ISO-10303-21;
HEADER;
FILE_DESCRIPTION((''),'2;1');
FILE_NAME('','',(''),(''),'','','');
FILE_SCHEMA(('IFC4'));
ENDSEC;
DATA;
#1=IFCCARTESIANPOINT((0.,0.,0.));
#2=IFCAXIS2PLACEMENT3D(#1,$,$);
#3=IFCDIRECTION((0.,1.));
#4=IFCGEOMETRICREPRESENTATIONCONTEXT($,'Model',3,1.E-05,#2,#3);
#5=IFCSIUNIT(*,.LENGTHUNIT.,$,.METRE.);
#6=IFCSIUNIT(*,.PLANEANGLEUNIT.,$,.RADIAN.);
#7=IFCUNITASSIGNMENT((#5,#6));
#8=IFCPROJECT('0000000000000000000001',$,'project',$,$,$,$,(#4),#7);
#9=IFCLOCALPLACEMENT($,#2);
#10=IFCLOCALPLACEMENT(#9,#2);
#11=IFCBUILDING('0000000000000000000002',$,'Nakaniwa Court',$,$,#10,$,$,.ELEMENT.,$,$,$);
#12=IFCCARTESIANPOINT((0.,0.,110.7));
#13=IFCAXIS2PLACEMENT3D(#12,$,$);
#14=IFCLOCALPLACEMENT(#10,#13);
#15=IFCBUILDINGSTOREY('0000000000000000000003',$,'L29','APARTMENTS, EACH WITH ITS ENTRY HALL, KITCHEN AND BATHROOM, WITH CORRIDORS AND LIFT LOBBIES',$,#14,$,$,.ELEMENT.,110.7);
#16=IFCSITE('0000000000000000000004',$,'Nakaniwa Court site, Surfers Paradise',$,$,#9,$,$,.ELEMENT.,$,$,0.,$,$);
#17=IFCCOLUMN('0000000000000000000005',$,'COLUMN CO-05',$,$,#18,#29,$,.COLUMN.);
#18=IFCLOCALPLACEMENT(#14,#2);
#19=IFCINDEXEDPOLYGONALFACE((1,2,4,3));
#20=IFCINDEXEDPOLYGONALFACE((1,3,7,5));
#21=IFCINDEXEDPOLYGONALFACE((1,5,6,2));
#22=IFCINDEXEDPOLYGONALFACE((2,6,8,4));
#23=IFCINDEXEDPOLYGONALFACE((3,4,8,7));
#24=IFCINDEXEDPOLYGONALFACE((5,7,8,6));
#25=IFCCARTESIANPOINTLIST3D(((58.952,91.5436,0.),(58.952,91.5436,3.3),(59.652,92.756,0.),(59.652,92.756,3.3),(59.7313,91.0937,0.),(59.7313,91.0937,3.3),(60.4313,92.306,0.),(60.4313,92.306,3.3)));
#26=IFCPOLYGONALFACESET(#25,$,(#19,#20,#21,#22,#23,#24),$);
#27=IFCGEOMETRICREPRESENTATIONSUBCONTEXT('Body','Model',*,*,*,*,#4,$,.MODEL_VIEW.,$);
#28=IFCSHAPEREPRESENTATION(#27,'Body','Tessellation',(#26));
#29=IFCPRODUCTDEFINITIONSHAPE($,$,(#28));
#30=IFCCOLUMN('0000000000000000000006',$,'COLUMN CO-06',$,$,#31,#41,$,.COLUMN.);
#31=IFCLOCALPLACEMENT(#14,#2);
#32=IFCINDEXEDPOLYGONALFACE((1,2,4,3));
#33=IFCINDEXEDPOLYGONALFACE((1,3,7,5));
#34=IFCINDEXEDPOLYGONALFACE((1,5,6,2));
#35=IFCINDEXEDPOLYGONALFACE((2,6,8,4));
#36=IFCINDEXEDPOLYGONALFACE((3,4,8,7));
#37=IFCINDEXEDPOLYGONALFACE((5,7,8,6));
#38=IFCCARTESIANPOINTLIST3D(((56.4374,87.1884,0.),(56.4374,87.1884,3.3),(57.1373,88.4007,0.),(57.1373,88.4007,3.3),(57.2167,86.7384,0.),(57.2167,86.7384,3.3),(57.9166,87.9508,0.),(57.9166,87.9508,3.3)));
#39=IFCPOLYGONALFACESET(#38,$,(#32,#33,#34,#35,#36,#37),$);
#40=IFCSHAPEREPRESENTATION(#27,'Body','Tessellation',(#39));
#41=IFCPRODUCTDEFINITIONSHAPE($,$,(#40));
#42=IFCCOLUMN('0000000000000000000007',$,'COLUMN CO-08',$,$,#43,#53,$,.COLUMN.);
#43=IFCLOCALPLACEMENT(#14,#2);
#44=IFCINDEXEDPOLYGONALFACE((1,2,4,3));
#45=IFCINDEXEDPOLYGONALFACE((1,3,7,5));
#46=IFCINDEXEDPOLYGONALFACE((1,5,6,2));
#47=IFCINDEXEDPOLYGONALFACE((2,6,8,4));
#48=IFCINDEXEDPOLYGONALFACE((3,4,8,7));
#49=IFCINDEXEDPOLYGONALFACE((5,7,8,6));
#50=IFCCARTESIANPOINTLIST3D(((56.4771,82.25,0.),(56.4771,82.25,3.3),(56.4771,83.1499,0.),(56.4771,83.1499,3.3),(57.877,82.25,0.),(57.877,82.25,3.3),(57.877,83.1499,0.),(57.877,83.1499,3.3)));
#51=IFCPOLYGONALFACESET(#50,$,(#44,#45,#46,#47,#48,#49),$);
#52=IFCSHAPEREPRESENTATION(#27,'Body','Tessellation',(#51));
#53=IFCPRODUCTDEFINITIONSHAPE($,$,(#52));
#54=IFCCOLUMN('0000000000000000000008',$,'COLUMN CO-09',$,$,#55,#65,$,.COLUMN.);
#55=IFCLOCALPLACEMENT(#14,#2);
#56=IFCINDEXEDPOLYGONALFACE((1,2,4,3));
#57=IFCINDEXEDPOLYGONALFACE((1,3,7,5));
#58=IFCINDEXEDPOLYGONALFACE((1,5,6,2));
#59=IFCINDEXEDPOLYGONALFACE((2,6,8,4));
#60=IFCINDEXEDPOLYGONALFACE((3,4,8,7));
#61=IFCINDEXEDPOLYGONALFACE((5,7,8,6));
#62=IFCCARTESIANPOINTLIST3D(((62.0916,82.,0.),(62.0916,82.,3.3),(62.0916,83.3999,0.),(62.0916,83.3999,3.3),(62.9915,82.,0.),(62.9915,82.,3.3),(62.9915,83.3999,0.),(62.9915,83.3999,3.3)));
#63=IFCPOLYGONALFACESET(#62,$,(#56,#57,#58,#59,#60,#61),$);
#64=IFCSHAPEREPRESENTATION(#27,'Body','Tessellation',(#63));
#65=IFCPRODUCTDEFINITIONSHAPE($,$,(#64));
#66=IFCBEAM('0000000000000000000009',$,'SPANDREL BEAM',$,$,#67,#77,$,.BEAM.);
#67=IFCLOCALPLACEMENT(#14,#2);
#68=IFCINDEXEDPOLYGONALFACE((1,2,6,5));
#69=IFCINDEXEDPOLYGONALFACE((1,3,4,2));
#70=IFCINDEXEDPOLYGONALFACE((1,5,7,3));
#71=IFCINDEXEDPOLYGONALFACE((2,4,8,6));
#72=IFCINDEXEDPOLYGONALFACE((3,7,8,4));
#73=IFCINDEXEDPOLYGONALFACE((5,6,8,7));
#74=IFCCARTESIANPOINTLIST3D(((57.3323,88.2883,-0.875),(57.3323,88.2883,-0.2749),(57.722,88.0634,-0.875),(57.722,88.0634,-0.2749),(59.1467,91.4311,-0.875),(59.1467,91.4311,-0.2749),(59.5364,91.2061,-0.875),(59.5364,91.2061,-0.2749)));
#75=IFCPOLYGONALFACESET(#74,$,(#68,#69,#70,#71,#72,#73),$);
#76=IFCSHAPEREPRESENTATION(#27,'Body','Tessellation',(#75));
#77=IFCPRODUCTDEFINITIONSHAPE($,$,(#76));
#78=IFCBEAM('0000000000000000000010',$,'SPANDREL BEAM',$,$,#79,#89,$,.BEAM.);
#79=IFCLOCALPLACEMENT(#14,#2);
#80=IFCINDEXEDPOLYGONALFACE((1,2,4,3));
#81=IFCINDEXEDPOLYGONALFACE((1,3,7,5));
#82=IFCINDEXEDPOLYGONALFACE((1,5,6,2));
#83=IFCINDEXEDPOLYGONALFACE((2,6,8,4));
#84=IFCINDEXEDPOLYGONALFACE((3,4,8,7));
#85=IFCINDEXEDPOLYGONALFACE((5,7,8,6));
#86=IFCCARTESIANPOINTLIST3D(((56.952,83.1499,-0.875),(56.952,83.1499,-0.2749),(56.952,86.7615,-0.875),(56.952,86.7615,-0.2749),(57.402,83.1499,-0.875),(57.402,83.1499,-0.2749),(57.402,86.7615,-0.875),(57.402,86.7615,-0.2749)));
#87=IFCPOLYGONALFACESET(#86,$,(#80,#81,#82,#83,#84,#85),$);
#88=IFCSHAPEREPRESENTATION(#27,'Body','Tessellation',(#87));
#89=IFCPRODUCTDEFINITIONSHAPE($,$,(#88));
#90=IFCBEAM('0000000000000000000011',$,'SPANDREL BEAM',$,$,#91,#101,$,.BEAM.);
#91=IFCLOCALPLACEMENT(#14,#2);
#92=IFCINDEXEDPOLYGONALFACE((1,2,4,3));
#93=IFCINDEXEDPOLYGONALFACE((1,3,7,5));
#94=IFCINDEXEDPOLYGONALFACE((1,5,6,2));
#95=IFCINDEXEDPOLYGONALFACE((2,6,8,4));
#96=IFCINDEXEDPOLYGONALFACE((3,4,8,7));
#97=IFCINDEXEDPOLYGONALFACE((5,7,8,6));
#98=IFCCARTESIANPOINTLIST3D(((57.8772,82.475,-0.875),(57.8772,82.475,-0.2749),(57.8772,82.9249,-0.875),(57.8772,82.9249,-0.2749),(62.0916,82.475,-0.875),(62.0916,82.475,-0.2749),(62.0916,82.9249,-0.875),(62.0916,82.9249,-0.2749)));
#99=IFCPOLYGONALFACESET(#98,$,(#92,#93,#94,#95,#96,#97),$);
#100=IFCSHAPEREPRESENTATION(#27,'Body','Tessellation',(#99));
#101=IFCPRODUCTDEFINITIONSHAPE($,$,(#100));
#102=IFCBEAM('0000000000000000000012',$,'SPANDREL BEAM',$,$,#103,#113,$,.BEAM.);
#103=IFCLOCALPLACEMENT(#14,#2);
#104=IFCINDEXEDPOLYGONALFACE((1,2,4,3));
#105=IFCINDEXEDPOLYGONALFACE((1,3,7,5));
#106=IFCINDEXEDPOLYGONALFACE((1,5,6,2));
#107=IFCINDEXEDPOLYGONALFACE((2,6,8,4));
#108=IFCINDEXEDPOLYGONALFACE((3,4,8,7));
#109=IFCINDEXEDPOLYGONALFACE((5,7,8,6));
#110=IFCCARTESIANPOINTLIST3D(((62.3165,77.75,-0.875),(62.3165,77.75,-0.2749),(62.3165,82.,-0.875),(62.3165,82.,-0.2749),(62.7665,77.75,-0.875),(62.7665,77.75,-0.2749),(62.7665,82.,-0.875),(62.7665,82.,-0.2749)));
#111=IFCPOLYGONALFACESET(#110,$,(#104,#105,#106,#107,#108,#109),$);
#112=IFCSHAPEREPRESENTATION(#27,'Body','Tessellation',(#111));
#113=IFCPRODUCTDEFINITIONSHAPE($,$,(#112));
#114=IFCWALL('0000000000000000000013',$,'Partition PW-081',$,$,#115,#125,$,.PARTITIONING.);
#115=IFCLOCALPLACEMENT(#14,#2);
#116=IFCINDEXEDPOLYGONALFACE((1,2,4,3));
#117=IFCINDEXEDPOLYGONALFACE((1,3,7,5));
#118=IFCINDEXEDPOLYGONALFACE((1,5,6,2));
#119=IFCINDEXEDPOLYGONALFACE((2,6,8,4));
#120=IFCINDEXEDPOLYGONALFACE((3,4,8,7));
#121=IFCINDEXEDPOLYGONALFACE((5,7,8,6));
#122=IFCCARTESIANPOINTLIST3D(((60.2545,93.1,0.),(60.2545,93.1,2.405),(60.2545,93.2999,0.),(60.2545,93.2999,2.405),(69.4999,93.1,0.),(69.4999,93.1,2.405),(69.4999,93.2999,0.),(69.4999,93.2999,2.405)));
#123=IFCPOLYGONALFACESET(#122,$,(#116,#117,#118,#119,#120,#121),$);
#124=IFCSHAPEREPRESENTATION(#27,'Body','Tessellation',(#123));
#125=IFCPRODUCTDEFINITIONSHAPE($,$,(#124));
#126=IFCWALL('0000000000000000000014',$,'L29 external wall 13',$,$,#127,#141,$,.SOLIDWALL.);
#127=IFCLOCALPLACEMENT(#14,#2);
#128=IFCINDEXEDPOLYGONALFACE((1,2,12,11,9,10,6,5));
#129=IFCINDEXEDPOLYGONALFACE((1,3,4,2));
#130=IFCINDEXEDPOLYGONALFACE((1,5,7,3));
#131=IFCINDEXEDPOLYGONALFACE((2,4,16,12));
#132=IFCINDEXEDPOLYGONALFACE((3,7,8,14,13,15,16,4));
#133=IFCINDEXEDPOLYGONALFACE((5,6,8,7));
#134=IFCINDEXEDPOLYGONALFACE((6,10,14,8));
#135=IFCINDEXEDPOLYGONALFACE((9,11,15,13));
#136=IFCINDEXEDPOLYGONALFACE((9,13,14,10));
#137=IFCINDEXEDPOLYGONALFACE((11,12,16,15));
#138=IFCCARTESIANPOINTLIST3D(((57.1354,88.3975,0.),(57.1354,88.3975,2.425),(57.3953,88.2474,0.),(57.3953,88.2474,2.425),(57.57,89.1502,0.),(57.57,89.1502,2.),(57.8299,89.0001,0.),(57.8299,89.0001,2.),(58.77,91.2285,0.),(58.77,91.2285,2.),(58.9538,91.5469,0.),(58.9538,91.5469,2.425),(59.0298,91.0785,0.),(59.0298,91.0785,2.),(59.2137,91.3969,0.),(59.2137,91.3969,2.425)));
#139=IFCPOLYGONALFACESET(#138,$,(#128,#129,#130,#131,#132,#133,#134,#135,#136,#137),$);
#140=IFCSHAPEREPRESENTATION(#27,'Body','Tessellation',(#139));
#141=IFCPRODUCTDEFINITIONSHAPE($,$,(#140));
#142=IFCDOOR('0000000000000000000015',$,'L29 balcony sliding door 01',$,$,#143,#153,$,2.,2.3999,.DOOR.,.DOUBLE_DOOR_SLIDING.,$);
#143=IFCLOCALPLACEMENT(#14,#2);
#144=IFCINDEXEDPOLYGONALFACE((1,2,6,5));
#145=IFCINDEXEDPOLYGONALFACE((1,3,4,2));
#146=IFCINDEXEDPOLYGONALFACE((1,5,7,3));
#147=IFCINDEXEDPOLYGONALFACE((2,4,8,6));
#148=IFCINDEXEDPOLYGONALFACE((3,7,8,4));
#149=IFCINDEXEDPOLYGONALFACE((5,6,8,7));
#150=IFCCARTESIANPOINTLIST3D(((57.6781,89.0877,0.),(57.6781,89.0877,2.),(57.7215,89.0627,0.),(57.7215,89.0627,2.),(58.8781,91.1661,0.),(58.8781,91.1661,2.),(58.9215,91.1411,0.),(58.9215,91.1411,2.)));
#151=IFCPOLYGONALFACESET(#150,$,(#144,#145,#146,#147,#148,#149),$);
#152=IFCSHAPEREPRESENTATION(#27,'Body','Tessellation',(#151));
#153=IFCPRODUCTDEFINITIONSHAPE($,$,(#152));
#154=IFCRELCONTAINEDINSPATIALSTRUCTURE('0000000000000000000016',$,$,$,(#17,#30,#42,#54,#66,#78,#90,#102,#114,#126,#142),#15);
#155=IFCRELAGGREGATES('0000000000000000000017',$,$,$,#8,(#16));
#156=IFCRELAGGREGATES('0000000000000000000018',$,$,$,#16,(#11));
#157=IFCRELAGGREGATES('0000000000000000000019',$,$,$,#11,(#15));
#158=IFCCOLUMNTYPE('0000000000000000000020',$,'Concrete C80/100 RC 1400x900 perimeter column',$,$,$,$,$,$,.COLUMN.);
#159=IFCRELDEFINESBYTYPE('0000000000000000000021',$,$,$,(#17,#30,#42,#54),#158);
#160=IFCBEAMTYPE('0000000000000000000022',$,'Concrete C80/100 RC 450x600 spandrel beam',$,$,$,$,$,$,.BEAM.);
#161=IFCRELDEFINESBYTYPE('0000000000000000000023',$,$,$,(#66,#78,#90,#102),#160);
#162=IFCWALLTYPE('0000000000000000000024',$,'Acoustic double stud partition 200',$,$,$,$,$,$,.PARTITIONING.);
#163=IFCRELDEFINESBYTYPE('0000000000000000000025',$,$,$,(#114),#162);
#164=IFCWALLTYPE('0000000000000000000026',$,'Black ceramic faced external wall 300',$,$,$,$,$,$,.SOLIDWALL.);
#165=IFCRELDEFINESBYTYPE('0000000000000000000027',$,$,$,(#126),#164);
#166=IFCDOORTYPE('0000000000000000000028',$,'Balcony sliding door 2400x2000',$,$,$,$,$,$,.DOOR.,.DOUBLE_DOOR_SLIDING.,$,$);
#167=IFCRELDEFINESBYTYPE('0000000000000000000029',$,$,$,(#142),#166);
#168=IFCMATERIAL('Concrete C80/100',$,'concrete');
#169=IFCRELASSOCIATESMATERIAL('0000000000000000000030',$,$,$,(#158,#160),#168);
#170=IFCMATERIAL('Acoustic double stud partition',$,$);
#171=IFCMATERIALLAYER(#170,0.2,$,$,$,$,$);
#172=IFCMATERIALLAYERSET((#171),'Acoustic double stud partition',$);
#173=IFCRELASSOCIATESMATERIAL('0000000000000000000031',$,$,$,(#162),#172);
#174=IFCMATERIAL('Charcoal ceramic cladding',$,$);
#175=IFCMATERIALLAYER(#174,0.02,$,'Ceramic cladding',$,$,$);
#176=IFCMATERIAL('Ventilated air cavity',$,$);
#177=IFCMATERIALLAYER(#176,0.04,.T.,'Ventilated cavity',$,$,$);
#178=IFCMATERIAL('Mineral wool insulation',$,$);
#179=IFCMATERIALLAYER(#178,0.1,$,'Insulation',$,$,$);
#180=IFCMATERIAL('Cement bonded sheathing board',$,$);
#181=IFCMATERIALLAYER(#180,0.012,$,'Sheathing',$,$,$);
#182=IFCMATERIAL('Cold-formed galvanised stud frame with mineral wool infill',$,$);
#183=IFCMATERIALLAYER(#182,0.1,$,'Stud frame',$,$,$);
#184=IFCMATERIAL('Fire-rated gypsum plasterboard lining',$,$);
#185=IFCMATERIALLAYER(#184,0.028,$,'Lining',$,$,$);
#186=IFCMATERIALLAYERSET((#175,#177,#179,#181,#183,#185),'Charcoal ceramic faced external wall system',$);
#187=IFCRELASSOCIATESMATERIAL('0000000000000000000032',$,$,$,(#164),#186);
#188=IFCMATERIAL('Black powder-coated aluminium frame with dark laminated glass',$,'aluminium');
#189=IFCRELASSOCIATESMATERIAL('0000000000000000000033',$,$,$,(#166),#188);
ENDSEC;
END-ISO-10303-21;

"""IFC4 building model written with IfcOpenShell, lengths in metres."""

from ifc_helpers import new_model, si_unit, direction, frame, frame_2d, origin, origin_2d, place, context, subcontext, project, spatial, rectangle, extrude, material, layer, layer_set, material_profile, profile_set, type_object, element, fill, save


model = new_model("IFC4")

# Units and contexts
model_context = context("Model", 3, precision=1e-05, world=origin(), true_north=direction((0.0, 1.0)))
body_context = subcontext(model_context, "Body", "Model", "MODEL_VIEW")
ifc_project = project(units=[si_unit("LENGTHUNIT", "METRE"), si_unit("PLANEANGLEUNIT", "RADIAN")], contexts=[model_context])

# Site, building, storey
site_placement = place(None, origin())
site = spatial("IfcSite", under=ifc_project, at=site_placement, Name="Nakaniwa Court site, Surfers Paradise", CompositionType="ELEMENT", RefElevation=0.0)
building_placement = place(site_placement, origin())
building = spatial("IfcBuilding", under=site, at=building_placement, Name="Nakaniwa Court", CompositionType="ELEMENT")
storey_placement = place(building_placement, frame((0.0, 0.0, 110.7)))
storey = spatial("IfcBuildingStorey", under=building, at=storey_placement, Name="L29", Description="APARTMENTS, EACH WITH ITS ENTRY HALL, KITCHEN AND BATHROOM, WITH CORRIDORS AND LIFT LOBBIES", CompositionType="ELEMENT", Elevation=110.7)

# Columns
ifc_material_1 = material(Name="Concrete C80/100", Category="concrete")
ifc_material_profile_1 = material_profile(ifc_material_1, rectangle(XDim=1.3999, YDim=0.8999, at=origin_2d()), Name="Concrete C80/100 RC 1400x900 perimeter column")
ifc_profile_set_1 = profile_set([ifc_material_profile_1], Name="Concrete C80/100")
column_type = type_object("IfcColumnType", Name="Concrete C80/100 RC 1400x900 perimeter column", PredefinedType="COLUMN", material=ifc_profile_set_1)
for number, where, z_axis, x_axis, name in (
    (1, (59.6917, 91.9248, 0.0), (0.0, 0.0, 1.0), (-0.5, -0.866025, 0.0), "COLUMN CO-05"),
    (2, (57.177, 87.5696, 0.0), (0.0, 0.0, 1.0), (-0.5, -0.866025, 0.0), "COLUMN CO-06"),
    (3, (57.177, 82.7, 0.0), (0.0, 0.0, 1.0), (1.0, 0.0, 0.0), "COLUMN CO-08"),
    (4, (62.5415, 82.7, 0.0), (0.0, 0.0, 1.0), (0.0, -1.0, 0.0), "COLUMN CO-09"),
):
    element("IfcColumn", number, at=place(storey_placement, frame(where, z_axis=z_axis, x_axis=x_axis)), inside=storey, type_object=column_type, Name=name, PredefinedType="COLUMN", context=body_context, shape_type="SweptSolid", body=[
        extrude(rectangle(XDim=1.3999, YDim=0.8999, at=origin_2d()), origin(), (0.0, 0.0, 1.0), 3.3),
    ])

# Beams
ifc_material_profile_2 = material_profile(ifc_material_1, rectangle(XDim=0.45, YDim=0.6001, at=origin_2d()), Name="Concrete C80/100 RC 450x600 spandrel beam")
ifc_profile_set_2 = profile_set([ifc_material_profile_2], Name="Concrete C80/100")
beam_type = type_object("IfcBeamType", Name="Concrete C80/100 RC 450x600 spandrel beam", PredefinedType="BEAM", material=ifc_profile_set_2)
beam_1_placement = place(storey_placement, frame((59.3416, 91.3186, -0.575), z_axis=(-0.499988, -0.866032, 0.0), x_axis=(0.866032, -0.499988, 0.0)))
element("IfcBeam", 5, at=beam_1_placement, inside=storey, type_object=beam_type, Name="SPANDREL BEAM", PredefinedType="BEAM", context=body_context, shape_type="SweptSolid", body=[
    extrude(rectangle(XDim=0.45, YDim=0.6001, at=origin_2d()), origin(), (0.0, 0.0, 1.0), 3.6289),
])
beam_2_placement = place(storey_placement, frame((57.177, 86.7615, -0.575), z_axis=(0.0, -1.0, 0.0), x_axis=(1.0, 0.0, 0.0)))
element("IfcBeam", 6, at=beam_2_placement, inside=storey, type_object=beam_type, Name="SPANDREL BEAM", PredefinedType="BEAM", context=body_context, shape_type="SweptSolid", body=[
    extrude(rectangle(XDim=0.45, YDim=0.6001, at=origin_2d()), origin(), (0.0, 0.0, 1.0), 3.6116),
])
beam_3_placement = place(storey_placement, frame((57.8772, 82.7, -0.575), z_axis=(1.0, 0.0, 0.0), x_axis=(0.0, 1.0, 0.0)))
element("IfcBeam", 7, at=beam_3_placement, inside=storey, type_object=beam_type, Name="SPANDREL BEAM", PredefinedType="BEAM", context=body_context, shape_type="SweptSolid", body=[
    extrude(rectangle(XDim=0.45, YDim=0.6001, at=origin_2d()), origin(), (0.0, 0.0, 1.0), 4.2144),
])
beam_4_placement = place(storey_placement, frame((62.5415, 82.0, -0.575), z_axis=(0.0, -1.0, 0.0), x_axis=(1.0, 0.0, 0.0)))
element("IfcBeam", 8, at=beam_4_placement, inside=storey, type_object=beam_type, Name="SPANDREL BEAM", PredefinedType="BEAM", context=body_context, shape_type="SweptSolid", body=[
    extrude(rectangle(XDim=0.45, YDim=0.6001, at=origin_2d()), origin(), (0.0, 0.0, 1.0), 4.25),
])

# Wall
ifc_material_2 = material(Name="Acoustic double stud partition")
ifc_layer_1 = layer(ifc_material_2, 0.2)
ifc_layer_set_1 = layer_set([ifc_layer_1], Name="Acoustic double stud partition")
wall_type_1 = type_object("IfcWallType", Name="Acoustic double stud partition 200", PredefinedType="PARTITIONING", material=ifc_layer_set_1)
wall_1_placement = place(storey_placement, frame((60.2546, 93.2, 0.0), z_axis=(0.0, 0.0, 1.0), x_axis=(1.0, 0.0, 0.0)))
element("IfcWall", 9, at=wall_1_placement, inside=storey, type_object=wall_type_1, Name="Partition PW-081", PredefinedType="PARTITIONING", context=body_context, shape_type="SweptSolid", body=[
    extrude(rectangle(XDim=9.2454, YDim=0.2, at=frame_2d((4.6226, 0.0))), origin(), (0.0, 0.0, 1.0), 2.405),
])

# Wall, opening, door
ifc_material_3 = material(Name="Charcoal ceramic cladding")
ifc_layer_2 = layer(ifc_material_3, 0.02, Name="Ceramic cladding")
ifc_material_4 = material(Name="Ventilated air cavity")
ifc_layer_3 = layer(ifc_material_4, 0.04, ventilated=True, Name="Ventilated cavity")
ifc_material_5 = material(Name="Mineral wool insulation")
ifc_layer_4 = layer(ifc_material_5, 0.1, Name="Insulation")
ifc_material_6 = material(Name="Cement bonded sheathing board")
ifc_layer_5 = layer(ifc_material_6, 0.012, Name="Sheathing")
ifc_material_7 = material(Name="Cold-formed galvanised stud frame with mineral wool infill")
ifc_layer_6 = layer(ifc_material_7, 0.1, Name="Stud frame")
ifc_material_8 = material(Name="Fire-rated gypsum plasterboard lining")
ifc_layer_7 = layer(ifc_material_8, 0.028, Name="Lining")
ifc_layer_set_2 = layer_set([ifc_layer_2, ifc_layer_3, ifc_layer_4, ifc_layer_5, ifc_layer_6, ifc_layer_7], Name="Charcoal ceramic faced external wall system")
wall_type_2 = type_object("IfcWallType", Name="Black ceramic faced external wall 300", PredefinedType="SOLIDWALL", material=ifc_layer_set_2)
wall_2_placement = place(storey_placement, frame((59.0837, 91.4719, 0.0), z_axis=(0.0, 0.0, 1.0), x_axis=(-0.500009, -0.86602, 0.0)))
wall_2 = element("IfcWall", 10, at=wall_2_placement, inside=storey, type_object=wall_type_2, Name="L29 external wall 13", PredefinedType="SOLIDWALL", context=body_context, shape_type="SweptSolid", body=[
    extrude(rectangle(XDim=3.6367, YDim=0.3, at=frame_2d((1.8184, 0.0))), origin(), (0.0, 0.0, 1.0), 2.425),
])
opening_1_placement = place(wall_2_placement, frame((0.3677, 0.0, 0.0)))
opening_1 = element("IfcOpeningElement", 11, at=opening_1_placement, cuts=wall_2, PredefinedType="OPENING", context=body_context, shape_type="SweptSolid", body=[
    extrude(rectangle(XDim=2.3999, YDim=2.0, at=frame_2d((1.2, 1.0))), frame((0.0, 0.1599, 0.0), z_axis=(0.0, -1.0, 0.0), x_axis=(1.0, 0.0, 0.0)), (0.0, 0.0, 1.0), 0.3201),
])
ifc_material_9 = material(Name="Black powder-coated aluminium frame with dark laminated glass", Category="aluminium")
door_type = type_object("IfcDoorType", Name="Balcony sliding door 2400x2000", OperationType="DOUBLE_DOOR_SLIDING", PredefinedType="DOOR", material=ifc_material_9)
door_placement = place(opening_1_placement, origin())
door = element("IfcDoor", 12, at=door_placement, inside=storey, type_object=door_type, Name="L29 balcony sliding door 01", OperationType="DOUBLE_DOOR_SLIDING", OverallHeight=2.0, OverallWidth=2.3999, PredefinedType="DOOR", context=body_context, shape_type="SweptSolid", body=[
    extrude(rectangle(XDim=2.3999, YDim=2.0, at=frame_2d((1.2, 1.0))), frame((0.0, 0.0249, 0.0), z_axis=(0.0, -1.0, 0.0), x_axis=(1.0, 0.0, 0.0)), (0.0, 0.0, 1.0), 0.05),
])
fill(opening_1, door)

save(model, "model.ifc")
